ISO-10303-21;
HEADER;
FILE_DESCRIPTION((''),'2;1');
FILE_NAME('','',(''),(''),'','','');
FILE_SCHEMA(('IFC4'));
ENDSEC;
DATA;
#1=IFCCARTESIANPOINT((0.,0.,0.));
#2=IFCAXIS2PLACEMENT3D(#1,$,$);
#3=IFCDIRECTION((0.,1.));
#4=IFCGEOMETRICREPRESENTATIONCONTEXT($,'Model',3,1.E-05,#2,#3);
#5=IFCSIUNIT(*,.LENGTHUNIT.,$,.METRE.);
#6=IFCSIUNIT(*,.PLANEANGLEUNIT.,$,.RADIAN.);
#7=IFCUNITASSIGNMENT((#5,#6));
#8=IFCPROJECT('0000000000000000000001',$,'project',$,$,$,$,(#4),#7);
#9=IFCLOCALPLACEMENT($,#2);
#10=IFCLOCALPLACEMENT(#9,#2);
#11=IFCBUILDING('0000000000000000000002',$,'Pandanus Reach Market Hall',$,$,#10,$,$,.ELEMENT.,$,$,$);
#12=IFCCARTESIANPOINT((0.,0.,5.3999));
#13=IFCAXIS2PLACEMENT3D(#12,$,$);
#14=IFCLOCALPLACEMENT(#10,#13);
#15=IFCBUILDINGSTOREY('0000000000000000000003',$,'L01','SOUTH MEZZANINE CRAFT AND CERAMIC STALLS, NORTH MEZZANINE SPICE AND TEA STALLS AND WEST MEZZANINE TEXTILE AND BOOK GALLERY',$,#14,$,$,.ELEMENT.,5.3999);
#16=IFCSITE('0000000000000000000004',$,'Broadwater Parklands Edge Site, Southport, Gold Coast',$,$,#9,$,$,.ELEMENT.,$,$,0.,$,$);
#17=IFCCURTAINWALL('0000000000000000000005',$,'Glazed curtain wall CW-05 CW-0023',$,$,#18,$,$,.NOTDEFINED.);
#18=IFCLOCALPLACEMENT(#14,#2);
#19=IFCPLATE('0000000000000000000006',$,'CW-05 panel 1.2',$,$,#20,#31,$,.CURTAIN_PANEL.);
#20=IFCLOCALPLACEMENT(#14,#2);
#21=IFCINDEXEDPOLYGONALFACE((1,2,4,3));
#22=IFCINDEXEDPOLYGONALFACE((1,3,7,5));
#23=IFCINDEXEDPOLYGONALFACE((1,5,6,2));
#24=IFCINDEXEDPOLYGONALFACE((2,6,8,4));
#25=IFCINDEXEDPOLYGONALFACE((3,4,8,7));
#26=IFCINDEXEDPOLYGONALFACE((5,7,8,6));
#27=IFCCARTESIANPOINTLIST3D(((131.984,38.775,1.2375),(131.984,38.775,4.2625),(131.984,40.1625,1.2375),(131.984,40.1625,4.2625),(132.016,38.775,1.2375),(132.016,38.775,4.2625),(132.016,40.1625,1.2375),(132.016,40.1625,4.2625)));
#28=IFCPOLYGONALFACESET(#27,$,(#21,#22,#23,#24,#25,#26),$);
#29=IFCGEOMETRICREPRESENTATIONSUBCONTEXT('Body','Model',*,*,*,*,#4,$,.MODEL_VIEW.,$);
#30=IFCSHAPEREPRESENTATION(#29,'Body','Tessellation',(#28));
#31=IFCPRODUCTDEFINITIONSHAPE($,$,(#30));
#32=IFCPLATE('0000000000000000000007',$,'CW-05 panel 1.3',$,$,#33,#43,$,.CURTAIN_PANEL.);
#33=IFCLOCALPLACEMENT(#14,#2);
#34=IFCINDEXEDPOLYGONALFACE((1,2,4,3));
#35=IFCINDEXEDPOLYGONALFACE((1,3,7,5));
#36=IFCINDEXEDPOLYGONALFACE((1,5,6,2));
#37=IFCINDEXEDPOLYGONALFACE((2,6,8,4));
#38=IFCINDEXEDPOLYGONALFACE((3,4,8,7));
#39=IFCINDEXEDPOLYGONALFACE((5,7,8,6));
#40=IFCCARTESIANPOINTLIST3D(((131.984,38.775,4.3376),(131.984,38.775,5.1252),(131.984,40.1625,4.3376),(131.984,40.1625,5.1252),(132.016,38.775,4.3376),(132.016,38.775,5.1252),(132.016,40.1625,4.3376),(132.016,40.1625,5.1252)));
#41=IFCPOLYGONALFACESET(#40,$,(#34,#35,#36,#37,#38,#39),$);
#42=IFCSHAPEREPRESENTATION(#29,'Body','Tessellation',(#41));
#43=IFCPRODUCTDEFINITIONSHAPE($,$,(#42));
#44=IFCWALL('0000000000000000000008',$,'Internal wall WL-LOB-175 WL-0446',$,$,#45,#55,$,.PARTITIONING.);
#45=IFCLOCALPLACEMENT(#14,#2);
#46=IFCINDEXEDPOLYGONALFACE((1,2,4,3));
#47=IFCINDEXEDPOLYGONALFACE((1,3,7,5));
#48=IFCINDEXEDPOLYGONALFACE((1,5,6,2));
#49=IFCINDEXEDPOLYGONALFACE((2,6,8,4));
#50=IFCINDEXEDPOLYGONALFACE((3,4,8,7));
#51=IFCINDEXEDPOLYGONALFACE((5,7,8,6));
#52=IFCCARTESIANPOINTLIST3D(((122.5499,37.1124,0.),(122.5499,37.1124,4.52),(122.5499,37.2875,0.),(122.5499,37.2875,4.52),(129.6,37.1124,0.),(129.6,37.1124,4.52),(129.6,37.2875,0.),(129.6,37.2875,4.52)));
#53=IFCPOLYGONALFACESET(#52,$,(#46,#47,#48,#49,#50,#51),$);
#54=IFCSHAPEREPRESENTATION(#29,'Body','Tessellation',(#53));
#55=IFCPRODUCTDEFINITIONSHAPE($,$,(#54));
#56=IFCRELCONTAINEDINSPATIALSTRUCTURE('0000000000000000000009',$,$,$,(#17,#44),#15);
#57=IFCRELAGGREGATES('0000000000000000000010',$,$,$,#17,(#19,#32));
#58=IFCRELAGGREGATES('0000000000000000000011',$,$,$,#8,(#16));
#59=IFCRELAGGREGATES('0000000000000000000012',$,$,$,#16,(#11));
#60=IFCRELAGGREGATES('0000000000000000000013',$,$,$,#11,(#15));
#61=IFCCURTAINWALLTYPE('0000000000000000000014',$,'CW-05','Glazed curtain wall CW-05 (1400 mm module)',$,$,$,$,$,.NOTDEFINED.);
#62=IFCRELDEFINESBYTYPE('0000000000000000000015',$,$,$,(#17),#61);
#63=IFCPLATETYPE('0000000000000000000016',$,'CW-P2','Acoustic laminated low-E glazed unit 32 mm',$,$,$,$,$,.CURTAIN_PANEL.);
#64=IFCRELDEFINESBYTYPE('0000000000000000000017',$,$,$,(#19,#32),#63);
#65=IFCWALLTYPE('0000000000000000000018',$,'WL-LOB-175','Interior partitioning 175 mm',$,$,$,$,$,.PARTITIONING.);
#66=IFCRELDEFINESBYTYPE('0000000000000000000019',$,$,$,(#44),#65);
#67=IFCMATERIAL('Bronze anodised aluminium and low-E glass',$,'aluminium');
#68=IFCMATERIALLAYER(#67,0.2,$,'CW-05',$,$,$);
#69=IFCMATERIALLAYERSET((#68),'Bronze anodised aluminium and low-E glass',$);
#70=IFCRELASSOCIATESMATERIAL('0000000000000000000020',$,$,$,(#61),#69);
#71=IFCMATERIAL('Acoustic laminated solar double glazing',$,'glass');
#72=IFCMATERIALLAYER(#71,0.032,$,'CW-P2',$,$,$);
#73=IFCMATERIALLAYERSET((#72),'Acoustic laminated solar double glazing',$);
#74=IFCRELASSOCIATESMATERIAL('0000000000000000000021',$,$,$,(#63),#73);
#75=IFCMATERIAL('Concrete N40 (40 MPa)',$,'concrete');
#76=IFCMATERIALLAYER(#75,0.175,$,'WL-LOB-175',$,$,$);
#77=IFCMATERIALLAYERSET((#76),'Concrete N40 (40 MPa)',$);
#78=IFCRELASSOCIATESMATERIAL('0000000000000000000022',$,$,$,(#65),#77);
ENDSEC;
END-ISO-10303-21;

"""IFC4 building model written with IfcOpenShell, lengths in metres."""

from ifc_helpers import new_model, si_unit, direction, frame, frame_2d, origin, origin_2d, place, context, subcontext, project, spatial, rectangle, extrude, material, layer, layer_set, type_object, element, aggregate, save


model = new_model("IFC4")

# Units and contexts
model_context = context("Model", 3, precision=1e-05, world=origin(), true_north=direction((0.0, 1.0)))
body_context = subcontext(model_context, "Body", "Model", "MODEL_VIEW")
ifc_project = project(units=[si_unit("LENGTHUNIT", "METRE"), si_unit("PLANEANGLEUNIT", "RADIAN")], contexts=[model_context])

# Site, building, storey
site_placement = place(None, origin())
site = spatial("IfcSite", under=ifc_project, at=site_placement, Name="Broadwater Parklands Edge Site, Southport, Gold Coast", CompositionType="ELEMENT", RefElevation=0.0)
building_placement = place(site_placement, origin())
building = spatial("IfcBuilding", under=site, at=building_placement, Name="Pandanus Reach Market Hall", CompositionType="ELEMENT")
storey_placement = place(building_placement, frame((0.0, 0.0, 5.3999)))
storey = spatial("IfcBuildingStorey", under=building, at=storey_placement, Name="L01", Description="SOUTH MEZZANINE CRAFT AND CERAMIC STALLS, NORTH MEZZANINE SPICE AND TEA STALLS AND WEST MEZZANINE TEXTILE AND BOOK GALLERY", CompositionType="ELEMENT", Elevation=5.3999)

# Shared definitions
ifc_material_1 = material(Name="Concrete N40 (40 MPa)", Category="concrete")

# Curtain wall
ifc_material_2 = material(Name="Bronze anodised aluminium and low-E glass", Category="aluminium")
ifc_layer_1 = layer(ifc_material_2, 0.2, Name="CW-05")
ifc_layer_set_1 = layer_set([ifc_layer_1], Name="Bronze anodised aluminium and low-E glass")
curtain_wall_type_1 = type_object("IfcCurtainWallType", Name="CW-05", Description="Glazed curtain wall CW-05 (1400 mm module)", PredefinedType="NOTDEFINED", material=ifc_layer_set_1)
curtain_wall_1_placement = place(storey_placement, origin())
curtain_wall_1 = element("IfcCurtainWall", 1, at=curtain_wall_1_placement, inside=storey, type_object=curtain_wall_type_1, Name="Glazed curtain wall CW-05 CW-0023", PredefinedType="NOTDEFINED")

# Plates
ifc_material_3 = material(Name="Acoustic laminated solar double glazing", Category="glass")
ifc_layer_2 = layer(ifc_material_3, 0.032, Name="CW-P2")
ifc_layer_set_2 = layer_set([ifc_layer_2], Name="Acoustic laminated solar double glazing")
plate_type = type_object("IfcPlateType", Name="CW-P2", Description="Acoustic laminated low-E glazed unit 32 mm", PredefinedType="CURTAIN_PANEL", material=ifc_layer_set_2)
plate_1_placement = place(storey_placement, frame((132.0, 39.4688, 1.2375), z_axis=(0.0, 0.0, 1.0), x_axis=(0.0, 1.0, 0.0)))
plate_1 = element("IfcPlate", 2, at=plate_1_placement, type_object=plate_type, Name="CW-05 panel 1.2", PredefinedType="CURTAIN_PANEL", context=body_context, shape_type="SweptSolid", body=[
    extrude(rectangle(XDim=1.3875, YDim=0.032, at=origin_2d()), origin(), (0.0, 0.0, 1.0), 3.0249),
])
plate_2_placement = place(storey_placement, frame((132.0, 39.4688, 4.3376), z_axis=(0.0, 0.0, 1.0), x_axis=(0.0, 1.0, 0.0)))
plate_2 = element("IfcPlate", 3, at=plate_2_placement, type_object=plate_type, Name="CW-05 panel 1.3", PredefinedType="CURTAIN_PANEL", context=body_context, shape_type="SweptSolid", body=[
    extrude(rectangle(XDim=1.3875, YDim=0.032, at=origin_2d()), origin(), (0.0, 0.0, 1.0), 0.7876),
])
aggregate(curtain_wall_1, [plate_1, plate_2])

# Wall
ifc_layer_3 = layer(ifc_material_1, 0.175, Name="WL-LOB-175")
ifc_layer_set_3 = layer_set([ifc_layer_3], Name="Concrete N40 (40 MPa)")
wall_type = type_object("IfcWallType", Name="WL-LOB-175", Description="Interior partitioning 175 mm", PredefinedType="PARTITIONING", material=ifc_layer_set_3)
wall_placement = place(storey_placement, frame((122.55, 37.2, 0.0), z_axis=(0.0, 0.0, 1.0), x_axis=(1.0, 0.0, 0.0)))
element("IfcWall", 4, at=wall_placement, inside=storey, type_object=wall_type, Name="Internal wall WL-LOB-175 WL-0446", PredefinedType="PARTITIONING", context=body_context, shape_type="SweptSolid", body=[
    extrude(rectangle(XDim=7.05, YDim=0.175, at=frame_2d((3.5249, 0.0))), origin(), (0.0, 0.0, 1.0), 4.52),
])

save(model, "model.ifc")
